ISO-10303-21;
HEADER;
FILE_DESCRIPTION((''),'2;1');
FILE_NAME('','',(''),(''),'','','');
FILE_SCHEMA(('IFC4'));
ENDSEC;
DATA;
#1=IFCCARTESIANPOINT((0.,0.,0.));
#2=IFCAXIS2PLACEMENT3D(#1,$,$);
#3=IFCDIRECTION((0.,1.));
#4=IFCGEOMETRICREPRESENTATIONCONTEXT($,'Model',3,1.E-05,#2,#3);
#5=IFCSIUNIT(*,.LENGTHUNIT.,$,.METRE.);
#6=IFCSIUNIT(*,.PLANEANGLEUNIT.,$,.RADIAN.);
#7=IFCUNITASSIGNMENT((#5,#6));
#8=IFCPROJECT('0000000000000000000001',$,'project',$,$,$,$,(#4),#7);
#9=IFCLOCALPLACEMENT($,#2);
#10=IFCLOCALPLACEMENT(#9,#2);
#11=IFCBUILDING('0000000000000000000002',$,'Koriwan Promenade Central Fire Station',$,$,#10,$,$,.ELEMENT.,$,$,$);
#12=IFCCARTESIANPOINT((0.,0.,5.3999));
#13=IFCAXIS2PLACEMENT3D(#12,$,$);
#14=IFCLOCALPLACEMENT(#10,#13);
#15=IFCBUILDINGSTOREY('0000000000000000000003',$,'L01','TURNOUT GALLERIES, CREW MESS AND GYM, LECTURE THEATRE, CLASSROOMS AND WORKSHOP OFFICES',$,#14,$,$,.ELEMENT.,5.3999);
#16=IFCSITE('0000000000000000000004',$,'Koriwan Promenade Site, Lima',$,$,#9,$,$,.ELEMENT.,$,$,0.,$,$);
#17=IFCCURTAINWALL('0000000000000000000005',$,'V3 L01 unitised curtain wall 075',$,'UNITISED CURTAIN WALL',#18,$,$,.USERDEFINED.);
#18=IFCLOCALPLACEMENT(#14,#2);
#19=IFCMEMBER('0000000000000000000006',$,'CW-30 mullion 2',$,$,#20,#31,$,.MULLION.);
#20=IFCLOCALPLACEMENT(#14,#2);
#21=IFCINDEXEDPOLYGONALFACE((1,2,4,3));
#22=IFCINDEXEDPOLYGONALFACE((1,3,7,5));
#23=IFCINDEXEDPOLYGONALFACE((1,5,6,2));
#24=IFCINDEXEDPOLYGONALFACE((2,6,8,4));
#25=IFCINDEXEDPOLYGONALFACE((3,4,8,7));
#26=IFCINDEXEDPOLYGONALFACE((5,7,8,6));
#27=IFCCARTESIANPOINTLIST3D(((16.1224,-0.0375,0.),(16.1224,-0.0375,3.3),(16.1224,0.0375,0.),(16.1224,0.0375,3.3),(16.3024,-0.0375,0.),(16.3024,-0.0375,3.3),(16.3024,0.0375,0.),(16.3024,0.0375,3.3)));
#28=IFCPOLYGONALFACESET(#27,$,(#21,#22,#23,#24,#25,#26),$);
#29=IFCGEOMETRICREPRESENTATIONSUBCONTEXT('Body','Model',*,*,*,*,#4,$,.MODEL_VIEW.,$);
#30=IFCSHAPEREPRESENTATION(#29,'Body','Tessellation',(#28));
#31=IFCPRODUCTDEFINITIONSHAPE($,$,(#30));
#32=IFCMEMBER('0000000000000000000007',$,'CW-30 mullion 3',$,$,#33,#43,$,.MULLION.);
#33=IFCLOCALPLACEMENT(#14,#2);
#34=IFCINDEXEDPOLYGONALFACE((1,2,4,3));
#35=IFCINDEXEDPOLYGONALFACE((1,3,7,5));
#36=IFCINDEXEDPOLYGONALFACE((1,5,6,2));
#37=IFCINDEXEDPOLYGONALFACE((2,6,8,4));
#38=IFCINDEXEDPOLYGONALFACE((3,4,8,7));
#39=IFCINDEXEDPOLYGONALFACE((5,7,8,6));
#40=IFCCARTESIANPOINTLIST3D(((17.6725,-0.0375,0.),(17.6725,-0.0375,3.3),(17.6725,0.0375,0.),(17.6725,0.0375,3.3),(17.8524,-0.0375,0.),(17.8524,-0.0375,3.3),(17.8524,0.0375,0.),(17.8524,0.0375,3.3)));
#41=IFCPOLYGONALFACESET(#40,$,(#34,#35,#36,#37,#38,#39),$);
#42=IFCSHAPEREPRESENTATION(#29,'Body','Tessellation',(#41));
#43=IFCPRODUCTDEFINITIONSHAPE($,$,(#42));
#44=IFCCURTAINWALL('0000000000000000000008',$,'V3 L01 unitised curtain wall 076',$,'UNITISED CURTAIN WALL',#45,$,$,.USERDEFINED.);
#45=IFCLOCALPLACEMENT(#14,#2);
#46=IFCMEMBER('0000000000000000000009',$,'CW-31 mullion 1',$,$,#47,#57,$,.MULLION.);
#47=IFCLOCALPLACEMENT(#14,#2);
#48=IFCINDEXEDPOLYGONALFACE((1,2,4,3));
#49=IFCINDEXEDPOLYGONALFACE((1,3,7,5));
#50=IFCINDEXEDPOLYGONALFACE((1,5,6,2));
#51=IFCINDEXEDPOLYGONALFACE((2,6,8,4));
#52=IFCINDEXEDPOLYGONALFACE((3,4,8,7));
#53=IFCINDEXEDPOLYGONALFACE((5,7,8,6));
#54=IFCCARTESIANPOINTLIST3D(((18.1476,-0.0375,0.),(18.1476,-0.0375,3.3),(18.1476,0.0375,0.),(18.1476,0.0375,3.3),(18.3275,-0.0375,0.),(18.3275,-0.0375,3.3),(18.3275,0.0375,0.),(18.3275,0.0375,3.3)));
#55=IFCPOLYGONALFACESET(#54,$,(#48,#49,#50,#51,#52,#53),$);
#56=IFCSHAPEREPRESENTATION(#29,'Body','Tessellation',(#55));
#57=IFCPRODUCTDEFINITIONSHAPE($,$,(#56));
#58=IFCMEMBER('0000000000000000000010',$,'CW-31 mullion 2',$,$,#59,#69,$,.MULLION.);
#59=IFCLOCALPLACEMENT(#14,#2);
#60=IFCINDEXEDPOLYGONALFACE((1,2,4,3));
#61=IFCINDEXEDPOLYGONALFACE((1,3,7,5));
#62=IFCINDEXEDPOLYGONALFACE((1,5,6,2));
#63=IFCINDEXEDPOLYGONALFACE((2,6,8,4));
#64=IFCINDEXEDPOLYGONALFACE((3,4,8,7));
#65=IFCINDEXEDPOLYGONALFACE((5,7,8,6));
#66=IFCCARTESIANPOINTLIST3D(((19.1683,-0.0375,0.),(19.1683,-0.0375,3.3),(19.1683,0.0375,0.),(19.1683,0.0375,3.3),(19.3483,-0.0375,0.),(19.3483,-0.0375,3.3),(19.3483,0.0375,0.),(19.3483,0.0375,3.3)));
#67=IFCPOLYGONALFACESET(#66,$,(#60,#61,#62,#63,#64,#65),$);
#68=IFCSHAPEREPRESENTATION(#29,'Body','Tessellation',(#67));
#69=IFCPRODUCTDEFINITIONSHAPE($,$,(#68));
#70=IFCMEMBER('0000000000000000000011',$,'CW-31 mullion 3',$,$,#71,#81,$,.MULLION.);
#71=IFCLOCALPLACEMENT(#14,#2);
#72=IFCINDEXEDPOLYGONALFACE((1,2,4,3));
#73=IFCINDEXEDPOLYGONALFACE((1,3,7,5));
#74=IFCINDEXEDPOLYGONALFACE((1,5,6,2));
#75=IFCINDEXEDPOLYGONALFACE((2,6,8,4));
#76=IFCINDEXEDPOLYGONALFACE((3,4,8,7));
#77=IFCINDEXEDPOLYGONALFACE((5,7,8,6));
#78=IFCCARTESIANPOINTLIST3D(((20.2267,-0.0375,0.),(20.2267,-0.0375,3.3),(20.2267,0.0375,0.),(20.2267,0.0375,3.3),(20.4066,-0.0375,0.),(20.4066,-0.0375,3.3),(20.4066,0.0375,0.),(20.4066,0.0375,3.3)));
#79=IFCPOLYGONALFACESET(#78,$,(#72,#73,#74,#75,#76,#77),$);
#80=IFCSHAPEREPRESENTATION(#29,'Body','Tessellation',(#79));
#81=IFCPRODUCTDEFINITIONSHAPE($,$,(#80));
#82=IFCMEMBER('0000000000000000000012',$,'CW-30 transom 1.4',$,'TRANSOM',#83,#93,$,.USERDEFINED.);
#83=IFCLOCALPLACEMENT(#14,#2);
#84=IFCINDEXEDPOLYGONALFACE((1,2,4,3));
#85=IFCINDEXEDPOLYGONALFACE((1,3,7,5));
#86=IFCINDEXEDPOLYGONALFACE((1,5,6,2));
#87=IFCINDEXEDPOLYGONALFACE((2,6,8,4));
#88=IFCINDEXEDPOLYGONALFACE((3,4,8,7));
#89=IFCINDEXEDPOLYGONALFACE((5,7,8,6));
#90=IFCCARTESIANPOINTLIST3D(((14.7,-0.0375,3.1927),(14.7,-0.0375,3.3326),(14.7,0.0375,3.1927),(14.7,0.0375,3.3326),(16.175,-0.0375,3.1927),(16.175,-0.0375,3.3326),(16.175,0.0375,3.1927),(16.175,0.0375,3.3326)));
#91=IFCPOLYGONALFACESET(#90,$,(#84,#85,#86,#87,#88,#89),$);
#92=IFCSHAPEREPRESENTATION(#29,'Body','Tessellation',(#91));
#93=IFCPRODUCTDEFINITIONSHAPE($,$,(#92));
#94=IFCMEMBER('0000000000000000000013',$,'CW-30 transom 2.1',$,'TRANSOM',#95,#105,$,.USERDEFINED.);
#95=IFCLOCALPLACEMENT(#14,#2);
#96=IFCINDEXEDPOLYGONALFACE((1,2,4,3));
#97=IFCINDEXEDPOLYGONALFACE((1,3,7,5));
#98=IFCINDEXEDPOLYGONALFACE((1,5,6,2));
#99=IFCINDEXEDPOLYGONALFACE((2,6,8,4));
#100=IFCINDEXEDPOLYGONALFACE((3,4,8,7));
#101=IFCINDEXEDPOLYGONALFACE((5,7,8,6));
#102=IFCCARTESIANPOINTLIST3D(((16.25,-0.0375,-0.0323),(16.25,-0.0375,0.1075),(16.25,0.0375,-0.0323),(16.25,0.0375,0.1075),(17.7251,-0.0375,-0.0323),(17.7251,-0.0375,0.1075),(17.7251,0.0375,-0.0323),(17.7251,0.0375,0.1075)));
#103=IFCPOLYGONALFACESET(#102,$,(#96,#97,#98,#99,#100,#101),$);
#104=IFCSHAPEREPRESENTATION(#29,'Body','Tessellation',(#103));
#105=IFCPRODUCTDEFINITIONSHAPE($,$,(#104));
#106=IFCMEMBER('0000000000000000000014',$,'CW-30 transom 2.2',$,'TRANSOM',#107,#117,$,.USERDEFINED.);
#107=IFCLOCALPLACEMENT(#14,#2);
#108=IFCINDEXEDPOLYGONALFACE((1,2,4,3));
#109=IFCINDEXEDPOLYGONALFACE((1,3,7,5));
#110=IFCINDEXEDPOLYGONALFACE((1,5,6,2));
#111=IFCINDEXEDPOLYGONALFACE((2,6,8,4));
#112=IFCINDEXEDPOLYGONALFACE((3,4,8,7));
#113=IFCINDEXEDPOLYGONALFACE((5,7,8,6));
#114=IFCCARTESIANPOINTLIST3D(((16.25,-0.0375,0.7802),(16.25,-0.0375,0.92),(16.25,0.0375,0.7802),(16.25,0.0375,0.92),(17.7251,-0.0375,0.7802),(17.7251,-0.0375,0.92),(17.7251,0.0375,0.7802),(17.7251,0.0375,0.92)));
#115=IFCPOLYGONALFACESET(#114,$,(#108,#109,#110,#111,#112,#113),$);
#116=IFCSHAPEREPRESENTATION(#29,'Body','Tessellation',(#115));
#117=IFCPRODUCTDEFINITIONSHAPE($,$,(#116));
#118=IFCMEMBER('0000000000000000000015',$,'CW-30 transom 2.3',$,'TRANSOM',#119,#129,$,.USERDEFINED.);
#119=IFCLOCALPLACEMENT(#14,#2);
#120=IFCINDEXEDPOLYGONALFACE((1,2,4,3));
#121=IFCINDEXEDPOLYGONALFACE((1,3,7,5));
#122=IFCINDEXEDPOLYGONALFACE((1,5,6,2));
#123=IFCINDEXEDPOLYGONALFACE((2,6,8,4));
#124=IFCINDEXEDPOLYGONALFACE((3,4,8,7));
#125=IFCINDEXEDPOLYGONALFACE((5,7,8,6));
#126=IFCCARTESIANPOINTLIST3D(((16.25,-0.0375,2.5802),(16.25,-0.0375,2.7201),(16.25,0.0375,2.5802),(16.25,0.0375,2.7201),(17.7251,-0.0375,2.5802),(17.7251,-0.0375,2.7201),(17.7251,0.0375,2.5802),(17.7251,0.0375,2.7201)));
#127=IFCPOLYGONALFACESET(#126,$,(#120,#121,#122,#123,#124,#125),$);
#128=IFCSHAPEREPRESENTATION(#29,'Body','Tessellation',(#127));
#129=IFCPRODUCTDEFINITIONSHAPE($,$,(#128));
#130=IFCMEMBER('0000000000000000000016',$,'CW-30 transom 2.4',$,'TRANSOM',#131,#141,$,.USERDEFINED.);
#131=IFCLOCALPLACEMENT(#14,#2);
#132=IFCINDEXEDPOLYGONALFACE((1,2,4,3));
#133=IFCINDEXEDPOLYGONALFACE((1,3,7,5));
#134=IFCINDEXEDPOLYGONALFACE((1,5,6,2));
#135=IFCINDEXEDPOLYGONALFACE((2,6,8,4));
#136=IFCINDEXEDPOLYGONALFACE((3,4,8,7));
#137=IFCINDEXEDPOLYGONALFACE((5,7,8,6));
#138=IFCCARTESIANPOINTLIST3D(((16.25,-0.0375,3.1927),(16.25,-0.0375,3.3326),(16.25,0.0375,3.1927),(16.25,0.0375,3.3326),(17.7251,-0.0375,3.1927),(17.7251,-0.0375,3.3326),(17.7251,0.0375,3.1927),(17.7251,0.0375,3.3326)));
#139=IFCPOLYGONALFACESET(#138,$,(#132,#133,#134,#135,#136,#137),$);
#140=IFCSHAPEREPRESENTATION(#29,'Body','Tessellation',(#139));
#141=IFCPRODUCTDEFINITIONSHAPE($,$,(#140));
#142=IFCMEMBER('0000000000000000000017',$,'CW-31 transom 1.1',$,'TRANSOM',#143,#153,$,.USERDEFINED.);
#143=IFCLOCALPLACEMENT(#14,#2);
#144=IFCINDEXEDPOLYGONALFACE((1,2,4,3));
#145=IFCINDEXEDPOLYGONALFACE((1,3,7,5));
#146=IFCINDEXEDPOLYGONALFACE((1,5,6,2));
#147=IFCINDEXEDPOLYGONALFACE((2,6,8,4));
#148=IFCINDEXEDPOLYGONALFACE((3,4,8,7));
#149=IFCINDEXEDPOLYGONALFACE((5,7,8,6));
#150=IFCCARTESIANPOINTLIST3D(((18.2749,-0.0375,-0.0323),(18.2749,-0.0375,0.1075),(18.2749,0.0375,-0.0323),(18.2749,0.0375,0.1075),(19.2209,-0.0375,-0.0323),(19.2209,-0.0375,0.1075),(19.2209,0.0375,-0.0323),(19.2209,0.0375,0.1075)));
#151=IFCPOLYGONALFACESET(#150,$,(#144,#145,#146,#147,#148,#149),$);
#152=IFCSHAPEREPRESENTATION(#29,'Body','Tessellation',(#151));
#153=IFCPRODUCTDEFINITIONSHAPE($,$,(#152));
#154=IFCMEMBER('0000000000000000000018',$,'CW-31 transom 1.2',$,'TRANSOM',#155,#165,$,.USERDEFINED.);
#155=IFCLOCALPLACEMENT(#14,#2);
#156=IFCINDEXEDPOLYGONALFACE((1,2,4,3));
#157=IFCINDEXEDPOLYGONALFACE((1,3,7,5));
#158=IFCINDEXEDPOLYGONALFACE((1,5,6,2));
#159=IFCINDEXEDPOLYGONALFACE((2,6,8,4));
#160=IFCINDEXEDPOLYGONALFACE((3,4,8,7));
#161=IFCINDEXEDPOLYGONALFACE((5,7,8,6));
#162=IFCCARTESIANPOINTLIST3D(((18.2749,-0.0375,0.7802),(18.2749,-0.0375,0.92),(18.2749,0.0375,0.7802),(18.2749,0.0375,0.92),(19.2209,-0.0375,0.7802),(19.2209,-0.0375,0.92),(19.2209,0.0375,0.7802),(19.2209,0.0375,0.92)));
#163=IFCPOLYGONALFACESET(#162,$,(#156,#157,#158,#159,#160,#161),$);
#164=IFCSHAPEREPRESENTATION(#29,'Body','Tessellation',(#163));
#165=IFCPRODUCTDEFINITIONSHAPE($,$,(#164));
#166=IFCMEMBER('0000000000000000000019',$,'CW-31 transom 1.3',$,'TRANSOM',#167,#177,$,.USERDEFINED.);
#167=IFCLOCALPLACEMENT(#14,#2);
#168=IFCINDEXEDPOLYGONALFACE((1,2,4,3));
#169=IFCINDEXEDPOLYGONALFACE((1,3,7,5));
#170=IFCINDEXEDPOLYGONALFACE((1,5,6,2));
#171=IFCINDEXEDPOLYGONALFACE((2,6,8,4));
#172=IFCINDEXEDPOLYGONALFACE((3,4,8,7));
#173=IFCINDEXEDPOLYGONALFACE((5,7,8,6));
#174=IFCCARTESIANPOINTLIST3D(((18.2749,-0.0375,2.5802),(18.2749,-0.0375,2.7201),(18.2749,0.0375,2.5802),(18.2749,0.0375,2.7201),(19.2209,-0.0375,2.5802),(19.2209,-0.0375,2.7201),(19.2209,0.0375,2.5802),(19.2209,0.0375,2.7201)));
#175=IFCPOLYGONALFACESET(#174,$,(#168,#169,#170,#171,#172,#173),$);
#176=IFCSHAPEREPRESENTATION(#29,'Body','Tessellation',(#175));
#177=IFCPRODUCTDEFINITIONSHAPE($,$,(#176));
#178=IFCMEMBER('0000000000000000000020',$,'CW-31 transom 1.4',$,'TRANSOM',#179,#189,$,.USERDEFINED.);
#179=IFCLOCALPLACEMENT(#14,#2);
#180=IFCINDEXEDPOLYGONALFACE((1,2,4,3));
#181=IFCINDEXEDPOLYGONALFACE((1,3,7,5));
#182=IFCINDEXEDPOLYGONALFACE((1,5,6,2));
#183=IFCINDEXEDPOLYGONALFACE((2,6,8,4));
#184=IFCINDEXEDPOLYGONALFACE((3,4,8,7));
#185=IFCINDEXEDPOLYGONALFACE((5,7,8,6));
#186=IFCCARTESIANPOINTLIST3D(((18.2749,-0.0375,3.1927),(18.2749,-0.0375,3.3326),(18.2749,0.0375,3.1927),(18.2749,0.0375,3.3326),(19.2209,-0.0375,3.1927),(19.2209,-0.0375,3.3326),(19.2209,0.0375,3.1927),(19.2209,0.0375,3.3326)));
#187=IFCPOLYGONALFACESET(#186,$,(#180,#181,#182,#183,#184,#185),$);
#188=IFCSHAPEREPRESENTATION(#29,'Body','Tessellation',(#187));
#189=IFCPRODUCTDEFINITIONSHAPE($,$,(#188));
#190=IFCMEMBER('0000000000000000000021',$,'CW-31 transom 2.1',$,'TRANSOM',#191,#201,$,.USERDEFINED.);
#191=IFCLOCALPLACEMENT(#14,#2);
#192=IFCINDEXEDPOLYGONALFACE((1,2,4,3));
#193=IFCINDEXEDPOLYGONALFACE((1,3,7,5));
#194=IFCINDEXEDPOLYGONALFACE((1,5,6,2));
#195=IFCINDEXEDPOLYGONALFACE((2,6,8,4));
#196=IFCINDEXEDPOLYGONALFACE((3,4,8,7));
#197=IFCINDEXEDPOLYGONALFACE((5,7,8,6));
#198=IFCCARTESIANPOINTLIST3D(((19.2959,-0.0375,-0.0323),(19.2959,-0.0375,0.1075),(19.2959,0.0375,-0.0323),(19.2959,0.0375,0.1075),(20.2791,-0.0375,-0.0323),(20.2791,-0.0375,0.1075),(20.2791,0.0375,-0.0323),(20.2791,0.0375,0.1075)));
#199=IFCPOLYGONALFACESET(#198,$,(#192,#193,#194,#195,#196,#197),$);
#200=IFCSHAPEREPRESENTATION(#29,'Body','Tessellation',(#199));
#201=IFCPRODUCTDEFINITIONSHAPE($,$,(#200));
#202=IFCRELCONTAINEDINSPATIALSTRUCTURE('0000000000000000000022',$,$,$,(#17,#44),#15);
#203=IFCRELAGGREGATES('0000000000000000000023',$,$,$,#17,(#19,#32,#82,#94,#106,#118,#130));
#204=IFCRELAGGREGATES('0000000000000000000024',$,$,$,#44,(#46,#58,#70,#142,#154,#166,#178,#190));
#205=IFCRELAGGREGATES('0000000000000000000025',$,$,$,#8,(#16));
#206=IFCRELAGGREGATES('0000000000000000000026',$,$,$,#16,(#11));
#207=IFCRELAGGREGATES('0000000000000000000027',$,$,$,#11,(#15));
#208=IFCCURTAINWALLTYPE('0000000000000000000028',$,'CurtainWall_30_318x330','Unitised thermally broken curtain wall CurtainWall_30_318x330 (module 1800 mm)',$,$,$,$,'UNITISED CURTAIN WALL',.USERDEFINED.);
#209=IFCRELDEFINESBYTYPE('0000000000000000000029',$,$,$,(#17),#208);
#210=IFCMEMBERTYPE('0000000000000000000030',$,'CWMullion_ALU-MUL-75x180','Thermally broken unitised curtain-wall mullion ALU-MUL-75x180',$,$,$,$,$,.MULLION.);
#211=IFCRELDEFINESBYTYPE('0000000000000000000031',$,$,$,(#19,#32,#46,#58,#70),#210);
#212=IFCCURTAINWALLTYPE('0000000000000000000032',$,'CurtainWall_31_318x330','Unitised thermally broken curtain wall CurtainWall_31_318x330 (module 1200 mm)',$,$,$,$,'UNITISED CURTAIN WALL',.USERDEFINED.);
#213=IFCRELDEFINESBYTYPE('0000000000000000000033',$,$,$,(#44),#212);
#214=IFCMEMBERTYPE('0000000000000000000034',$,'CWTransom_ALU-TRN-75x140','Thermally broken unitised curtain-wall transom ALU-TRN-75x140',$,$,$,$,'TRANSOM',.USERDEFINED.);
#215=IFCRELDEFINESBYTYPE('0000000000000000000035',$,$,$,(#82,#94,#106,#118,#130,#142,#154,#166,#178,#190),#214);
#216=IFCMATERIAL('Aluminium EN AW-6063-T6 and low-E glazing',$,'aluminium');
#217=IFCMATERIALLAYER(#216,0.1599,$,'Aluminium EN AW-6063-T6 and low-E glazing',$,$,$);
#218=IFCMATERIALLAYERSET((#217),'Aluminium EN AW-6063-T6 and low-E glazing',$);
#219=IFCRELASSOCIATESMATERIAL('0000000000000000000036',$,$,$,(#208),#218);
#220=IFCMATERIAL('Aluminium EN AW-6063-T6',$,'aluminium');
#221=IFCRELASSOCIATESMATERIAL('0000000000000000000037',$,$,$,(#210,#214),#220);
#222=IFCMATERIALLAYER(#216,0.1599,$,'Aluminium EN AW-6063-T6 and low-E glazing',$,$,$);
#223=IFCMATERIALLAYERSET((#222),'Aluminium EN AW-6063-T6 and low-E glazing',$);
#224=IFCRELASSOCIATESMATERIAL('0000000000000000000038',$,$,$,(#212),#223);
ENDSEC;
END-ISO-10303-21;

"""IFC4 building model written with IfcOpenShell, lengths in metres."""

from ifc_helpers import new_model, si_unit, direction, frame, origin, origin_2d, place, context, subcontext, project, spatial, rectangle, extrude, material, layer, layer_set, material_profile, profile_set, type_object, element, aggregate, save


model = new_model("IFC4")

# Units and contexts
model_context = context("Model", 3, precision=1e-05, world=origin(), true_north=direction((0.0, 1.0)))
body_context = subcontext(model_context, "Body", "Model", "MODEL_VIEW")
ifc_project = project(units=[si_unit("LENGTHUNIT", "METRE"), si_unit("PLANEANGLEUNIT", "RADIAN")], contexts=[model_context])

# Site, building, storey
site_placement = place(None, origin())
site = spatial("IfcSite", under=ifc_project, at=site_placement, Name="Koriwan Promenade Site, Lima", CompositionType="ELEMENT", RefElevation=0.0)
building_placement = place(site_placement, origin())
building = spatial("IfcBuilding", under=site, at=building_placement, Name="Koriwan Promenade Central Fire Station", CompositionType="ELEMENT")
storey_placement = place(building_placement, frame((0.0, 0.0, 5.3999)))
storey = spatial("IfcBuildingStorey", under=building, at=storey_placement, Name="L01", Description="TURNOUT GALLERIES, CREW MESS AND GYM, LECTURE THEATRE, CLASSROOMS AND WORKSHOP OFFICES", CompositionType="ELEMENT", Elevation=5.3999)

# Curtain walls, members
ifc_material_1 = material(Name="Aluminium EN AW-6063-T6 and low-E glazing", Category="aluminium")
ifc_layer_1 = layer(ifc_material_1, 0.1599, Name="Aluminium EN AW-6063-T6 and low-E glazing")
ifc_layer_set_1 = layer_set([ifc_layer_1], Name="Aluminium EN AW-6063-T6 and low-E glazing")
curtain_wall_type_1 = type_object("IfcCurtainWallType", Name="CurtainWall_30_318x330", Description="Unitised thermally broken curtain wall CurtainWall_30_318x330 (module 1800 mm)", ElementType="UNITISED CURTAIN WALL", PredefinedType="USERDEFINED", material=ifc_layer_set_1)
curtain_wall_1_placement = place(storey_placement, origin())
curtain_wall_1 = element("IfcCurtainWall", 1, at=curtain_wall_1_placement, inside=storey, type_object=curtain_wall_type_1, Name="V3 L01 unitised curtain wall 075", ObjectType="UNITISED CURTAIN WALL", PredefinedType="USERDEFINED")
ifc_material_2 = material(Name="Aluminium EN AW-6063-T6", Category="aluminium")
ifc_material_profile_1 = material_profile(ifc_material_2, rectangle(XDim=0.075, YDim=0.1799, at=origin_2d()), Name="ALU-MUL-75x180")
ifc_profile_set_1 = profile_set([ifc_material_profile_1], Name="Aluminium EN AW-6063-T6")
member_type_1 = type_object("IfcMemberType", Name="CWMullion_ALU-MUL-75x180", Description="Thermally broken unitised curtain-wall mullion ALU-MUL-75x180", PredefinedType="MULLION", material=ifc_profile_set_1)
member_1_placement = place(storey_placement, frame((16.2124, 0.0, 0.0), z_axis=(0.0, 0.0, 1.0), x_axis=(0.0, 1.0, 0.0)))
member_1 = element("IfcMember", 2, at=member_1_placement, type_object=member_type_1, Name="CW-30 mullion 2", PredefinedType="MULLION", context=body_context, shape_type="SweptSolid", body=[
    extrude(rectangle(XDim=0.075, YDim=0.1799, at=origin_2d()), origin(), (0.0, 0.0, 1.0), 3.3),
])
member_2_placement = place(storey_placement, frame((17.7625, 0.0, 0.0), z_axis=(0.0, 0.0, 1.0), x_axis=(0.0, 1.0, 0.0)))
member_2 = element("IfcMember", 3, at=member_2_placement, type_object=member_type_1, Name="CW-30 mullion 3", PredefinedType="MULLION", context=body_context, shape_type="SweptSolid", body=[
    extrude(rectangle(XDim=0.075, YDim=0.1799, at=origin_2d()), origin(), (0.0, 0.0, 1.0), 3.3),
])
ifc_layer_2 = layer(ifc_material_1, 0.1599, Name="Aluminium EN AW-6063-T6 and low-E glazing")
ifc_layer_set_2 = layer_set([ifc_layer_2], Name="Aluminium EN AW-6063-T6 and low-E glazing")
curtain_wall_type_2 = type_object("IfcCurtainWallType", Name="CurtainWall_31_318x330", Description="Unitised thermally broken curtain wall CurtainWall_31_318x330 (module 1200 mm)", ElementType="UNITISED CURTAIN WALL", PredefinedType="USERDEFINED", material=ifc_layer_set_2)
curtain_wall_2_placement = place(storey_placement, origin())
curtain_wall_2 = element("IfcCurtainWall", 4, at=curtain_wall_2_placement, inside=storey, type_object=curtain_wall_type_2, Name="V3 L01 unitised curtain wall 076", ObjectType="UNITISED CURTAIN WALL", PredefinedType="USERDEFINED")
member_3_placement = place(storey_placement, frame((18.2375, 0.0, 0.0), z_axis=(0.0, 0.0, 1.0), x_axis=(0.0, 1.0, 0.0)))
member_3 = element("IfcMember", 5, at=member_3_placement, type_object=member_type_1, Name="CW-31 mullion 1", PredefinedType="MULLION", context=body_context, shape_type="SweptSolid", body=[
    extrude(rectangle(XDim=0.075, YDim=0.1799, at=origin_2d()), origin(), (0.0, 0.0, 1.0), 3.3),
])
member_4_placement = place(storey_placement, frame((19.2583, 0.0, 0.0), z_axis=(0.0, 0.0, 1.0), x_axis=(0.0, 1.0, 0.0)))
member_4 = element("IfcMember", 6, at=member_4_placement, type_object=member_type_1, Name="CW-31 mullion 2", PredefinedType="MULLION", context=body_context, shape_type="SweptSolid", body=[
    extrude(rectangle(XDim=0.075, YDim=0.1799, at=origin_2d()), origin(), (0.0, 0.0, 1.0), 3.3),
])
member_5_placement = place(storey_placement, frame((20.3167, 0.0, 0.0), z_axis=(0.0, 0.0, 1.0), x_axis=(0.0, 1.0, 0.0)))
member_5 = element("IfcMember", 7, at=member_5_placement, type_object=member_type_1, Name="CW-31 mullion 3", PredefinedType="MULLION", context=body_context, shape_type="SweptSolid", body=[
    extrude(rectangle(XDim=0.075, YDim=0.1799, at=origin_2d()), origin(), (0.0, 0.0, 1.0), 3.3),
])

# Members
ifc_material_profile_2 = material_profile(ifc_material_2, rectangle(XDim=0.075, YDim=0.1399, at=origin_2d()), Name="ALU-TRN-75x140")
ifc_profile_set_2 = profile_set([ifc_material_profile_2], Name="Aluminium EN AW-6063-T6")
member_type_2 = type_object("IfcMemberType", Name="CWTransom_ALU-TRN-75x140", Description="Thermally broken unitised curtain-wall transom ALU-TRN-75x140", ElementType="TRANSOM", PredefinedType="USERDEFINED", material=ifc_profile_set_2)
member_6_placement = place(storey_placement, frame((14.7, 0.0, 3.2627), z_axis=(1.0, 0.0, 0.0), x_axis=(0.0, 1.0, 0.0)))
member_6 = element("IfcMember", 8, at=member_6_placement, type_object=member_type_2, Name="CW-30 transom 1.4", ObjectType="TRANSOM", PredefinedType="USERDEFINED", context=body_context, shape_type="SweptSolid", body=[
    extrude(rectangle(XDim=0.075, YDim=0.1399, at=origin_2d()), origin(), (0.0, 0.0, 1.0), 1.4751),
])
member_7_placement = place(storey_placement, frame((16.25, 0.0, 0.0376), z_axis=(1.0, 0.0, 0.0), x_axis=(0.0, 1.0, 0.0)))
member_7 = element("IfcMember", 9, at=member_7_placement, type_object=member_type_2, Name="CW-30 transom 2.1", ObjectType="TRANSOM", PredefinedType="USERDEFINED", context=body_context, shape_type="SweptSolid", body=[
    extrude(rectangle(XDim=0.075, YDim=0.1399, at=origin_2d()), origin(), (0.0, 0.0, 1.0), 1.4751),
])
member_8_placement = place(storey_placement, frame((16.25, 0.0, 0.8501), z_axis=(1.0, 0.0, 0.0), x_axis=(0.0, 1.0, 0.0)))
member_8 = element("IfcMember", 10, at=member_8_placement, type_object=member_type_2, Name="CW-30 transom 2.2", ObjectType="TRANSOM", PredefinedType="USERDEFINED", context=body_context, shape_type="SweptSolid", body=[
    extrude(rectangle(XDim=0.075, YDim=0.1399, at=origin_2d()), origin(), (0.0, 0.0, 1.0), 1.4751),
])
member_9_placement = place(storey_placement, frame((16.25, 0.0, 2.6501), z_axis=(1.0, 0.0, 0.0), x_axis=(0.0, 1.0, 0.0)))
member_9 = element("IfcMember", 11, at=member_9_placement, type_object=member_type_2, Name="CW-30 transom 2.3", ObjectType="TRANSOM", PredefinedType="USERDEFINED", context=body_context, shape_type="SweptSolid", body=[
    extrude(rectangle(XDim=0.075, YDim=0.1399, at=origin_2d()), origin(), (0.0, 0.0, 1.0), 1.4751),
])
member_10_placement = place(storey_placement, frame((16.25, 0.0, 3.2627), z_axis=(1.0, 0.0, 0.0), x_axis=(0.0, 1.0, 0.0)))
member_10 = element("IfcMember", 12, at=member_10_placement, type_object=member_type_2, Name="CW-30 transom 2.4", ObjectType="TRANSOM", PredefinedType="USERDEFINED", context=body_context, shape_type="SweptSolid", body=[
    extrude(rectangle(XDim=0.075, YDim=0.1399, at=origin_2d()), origin(), (0.0, 0.0, 1.0), 1.4751),
])
member_11_placement = place(storey_placement, frame((18.2749, 0.0, 0.0376), z_axis=(1.0, 0.0, 0.0), x_axis=(0.0, 1.0, 0.0)))
member_11 = element("IfcMember", 13, at=member_11_placement, type_object=member_type_2, Name="CW-31 transom 1.1", ObjectType="TRANSOM", PredefinedType="USERDEFINED", context=body_context, shape_type="SweptSolid", body=[
    extrude(rectangle(XDim=0.075, YDim=0.1399, at=origin_2d()), origin(), (0.0, 0.0, 1.0), 0.946),
])
member_12_placement = place(storey_placement, frame((18.2749, 0.0, 0.8501), z_axis=(1.0, 0.0, 0.0), x_axis=(0.0, 1.0, 0.0)))
member_12 = element("IfcMember", 14, at=member_12_placement, type_object=member_type_2, Name="CW-31 transom 1.2", ObjectType="TRANSOM", PredefinedType="USERDEFINED", context=body_context, shape_type="SweptSolid", body=[
    extrude(rectangle(XDim=0.075, YDim=0.1399, at=origin_2d()), origin(), (0.0, 0.0, 1.0), 0.946),
])
member_13_placement = place(storey_placement, frame((18.2749, 0.0, 2.6501), z_axis=(1.0, 0.0, 0.0), x_axis=(0.0, 1.0, 0.0)))
member_13 = element("IfcMember", 15, at=member_13_placement, type_object=member_type_2, Name="CW-31 transom 1.3", ObjectType="TRANSOM", PredefinedType="USERDEFINED", context=body_context, shape_type="SweptSolid", body=[
    extrude(rectangle(XDim=0.075, YDim=0.1399, at=origin_2d()), origin(), (0.0, 0.0, 1.0), 0.946),
])
member_14_placement = place(storey_placement, frame((18.2749, 0.0, 3.2627), z_axis=(1.0, 0.0, 0.0), x_axis=(0.0, 1.0, 0.0)))
member_14 = element("IfcMember", 16, at=member_14_placement, type_object=member_type_2, Name="CW-31 transom 1.4", ObjectType="TRANSOM", PredefinedType="USERDEFINED", context=body_context, shape_type="SweptSolid", body=[
    extrude(rectangle(XDim=0.075, YDim=0.1399, at=origin_2d()), origin(), (0.0, 0.0, 1.0), 0.946),
])
member_15_placement = place(storey_placement, frame((19.2959, 0.0, 0.0376), z_axis=(1.0, 0.0, 0.0), x_axis=(0.0, 1.0, 0.0)))
member_15 = element("IfcMember", 17, at=member_15_placement, type_object=member_type_2, Name="CW-31 transom 2.1", ObjectType="TRANSOM", PredefinedType="USERDEFINED", context=body_context, shape_type="SweptSolid", body=[
    extrude(rectangle(XDim=0.075, YDim=0.1399, at=origin_2d()), origin(), (0.0, 0.0, 1.0), 0.9832),
])

aggregate(curtain_wall_1, [member_1, member_2, member_6, member_7, member_8, member_9, member_10])
aggregate(curtain_wall_2, [member_3, member_4, member_5, member_11, member_12, member_13, member_14, member_15])

save(model, "model.ifc")
